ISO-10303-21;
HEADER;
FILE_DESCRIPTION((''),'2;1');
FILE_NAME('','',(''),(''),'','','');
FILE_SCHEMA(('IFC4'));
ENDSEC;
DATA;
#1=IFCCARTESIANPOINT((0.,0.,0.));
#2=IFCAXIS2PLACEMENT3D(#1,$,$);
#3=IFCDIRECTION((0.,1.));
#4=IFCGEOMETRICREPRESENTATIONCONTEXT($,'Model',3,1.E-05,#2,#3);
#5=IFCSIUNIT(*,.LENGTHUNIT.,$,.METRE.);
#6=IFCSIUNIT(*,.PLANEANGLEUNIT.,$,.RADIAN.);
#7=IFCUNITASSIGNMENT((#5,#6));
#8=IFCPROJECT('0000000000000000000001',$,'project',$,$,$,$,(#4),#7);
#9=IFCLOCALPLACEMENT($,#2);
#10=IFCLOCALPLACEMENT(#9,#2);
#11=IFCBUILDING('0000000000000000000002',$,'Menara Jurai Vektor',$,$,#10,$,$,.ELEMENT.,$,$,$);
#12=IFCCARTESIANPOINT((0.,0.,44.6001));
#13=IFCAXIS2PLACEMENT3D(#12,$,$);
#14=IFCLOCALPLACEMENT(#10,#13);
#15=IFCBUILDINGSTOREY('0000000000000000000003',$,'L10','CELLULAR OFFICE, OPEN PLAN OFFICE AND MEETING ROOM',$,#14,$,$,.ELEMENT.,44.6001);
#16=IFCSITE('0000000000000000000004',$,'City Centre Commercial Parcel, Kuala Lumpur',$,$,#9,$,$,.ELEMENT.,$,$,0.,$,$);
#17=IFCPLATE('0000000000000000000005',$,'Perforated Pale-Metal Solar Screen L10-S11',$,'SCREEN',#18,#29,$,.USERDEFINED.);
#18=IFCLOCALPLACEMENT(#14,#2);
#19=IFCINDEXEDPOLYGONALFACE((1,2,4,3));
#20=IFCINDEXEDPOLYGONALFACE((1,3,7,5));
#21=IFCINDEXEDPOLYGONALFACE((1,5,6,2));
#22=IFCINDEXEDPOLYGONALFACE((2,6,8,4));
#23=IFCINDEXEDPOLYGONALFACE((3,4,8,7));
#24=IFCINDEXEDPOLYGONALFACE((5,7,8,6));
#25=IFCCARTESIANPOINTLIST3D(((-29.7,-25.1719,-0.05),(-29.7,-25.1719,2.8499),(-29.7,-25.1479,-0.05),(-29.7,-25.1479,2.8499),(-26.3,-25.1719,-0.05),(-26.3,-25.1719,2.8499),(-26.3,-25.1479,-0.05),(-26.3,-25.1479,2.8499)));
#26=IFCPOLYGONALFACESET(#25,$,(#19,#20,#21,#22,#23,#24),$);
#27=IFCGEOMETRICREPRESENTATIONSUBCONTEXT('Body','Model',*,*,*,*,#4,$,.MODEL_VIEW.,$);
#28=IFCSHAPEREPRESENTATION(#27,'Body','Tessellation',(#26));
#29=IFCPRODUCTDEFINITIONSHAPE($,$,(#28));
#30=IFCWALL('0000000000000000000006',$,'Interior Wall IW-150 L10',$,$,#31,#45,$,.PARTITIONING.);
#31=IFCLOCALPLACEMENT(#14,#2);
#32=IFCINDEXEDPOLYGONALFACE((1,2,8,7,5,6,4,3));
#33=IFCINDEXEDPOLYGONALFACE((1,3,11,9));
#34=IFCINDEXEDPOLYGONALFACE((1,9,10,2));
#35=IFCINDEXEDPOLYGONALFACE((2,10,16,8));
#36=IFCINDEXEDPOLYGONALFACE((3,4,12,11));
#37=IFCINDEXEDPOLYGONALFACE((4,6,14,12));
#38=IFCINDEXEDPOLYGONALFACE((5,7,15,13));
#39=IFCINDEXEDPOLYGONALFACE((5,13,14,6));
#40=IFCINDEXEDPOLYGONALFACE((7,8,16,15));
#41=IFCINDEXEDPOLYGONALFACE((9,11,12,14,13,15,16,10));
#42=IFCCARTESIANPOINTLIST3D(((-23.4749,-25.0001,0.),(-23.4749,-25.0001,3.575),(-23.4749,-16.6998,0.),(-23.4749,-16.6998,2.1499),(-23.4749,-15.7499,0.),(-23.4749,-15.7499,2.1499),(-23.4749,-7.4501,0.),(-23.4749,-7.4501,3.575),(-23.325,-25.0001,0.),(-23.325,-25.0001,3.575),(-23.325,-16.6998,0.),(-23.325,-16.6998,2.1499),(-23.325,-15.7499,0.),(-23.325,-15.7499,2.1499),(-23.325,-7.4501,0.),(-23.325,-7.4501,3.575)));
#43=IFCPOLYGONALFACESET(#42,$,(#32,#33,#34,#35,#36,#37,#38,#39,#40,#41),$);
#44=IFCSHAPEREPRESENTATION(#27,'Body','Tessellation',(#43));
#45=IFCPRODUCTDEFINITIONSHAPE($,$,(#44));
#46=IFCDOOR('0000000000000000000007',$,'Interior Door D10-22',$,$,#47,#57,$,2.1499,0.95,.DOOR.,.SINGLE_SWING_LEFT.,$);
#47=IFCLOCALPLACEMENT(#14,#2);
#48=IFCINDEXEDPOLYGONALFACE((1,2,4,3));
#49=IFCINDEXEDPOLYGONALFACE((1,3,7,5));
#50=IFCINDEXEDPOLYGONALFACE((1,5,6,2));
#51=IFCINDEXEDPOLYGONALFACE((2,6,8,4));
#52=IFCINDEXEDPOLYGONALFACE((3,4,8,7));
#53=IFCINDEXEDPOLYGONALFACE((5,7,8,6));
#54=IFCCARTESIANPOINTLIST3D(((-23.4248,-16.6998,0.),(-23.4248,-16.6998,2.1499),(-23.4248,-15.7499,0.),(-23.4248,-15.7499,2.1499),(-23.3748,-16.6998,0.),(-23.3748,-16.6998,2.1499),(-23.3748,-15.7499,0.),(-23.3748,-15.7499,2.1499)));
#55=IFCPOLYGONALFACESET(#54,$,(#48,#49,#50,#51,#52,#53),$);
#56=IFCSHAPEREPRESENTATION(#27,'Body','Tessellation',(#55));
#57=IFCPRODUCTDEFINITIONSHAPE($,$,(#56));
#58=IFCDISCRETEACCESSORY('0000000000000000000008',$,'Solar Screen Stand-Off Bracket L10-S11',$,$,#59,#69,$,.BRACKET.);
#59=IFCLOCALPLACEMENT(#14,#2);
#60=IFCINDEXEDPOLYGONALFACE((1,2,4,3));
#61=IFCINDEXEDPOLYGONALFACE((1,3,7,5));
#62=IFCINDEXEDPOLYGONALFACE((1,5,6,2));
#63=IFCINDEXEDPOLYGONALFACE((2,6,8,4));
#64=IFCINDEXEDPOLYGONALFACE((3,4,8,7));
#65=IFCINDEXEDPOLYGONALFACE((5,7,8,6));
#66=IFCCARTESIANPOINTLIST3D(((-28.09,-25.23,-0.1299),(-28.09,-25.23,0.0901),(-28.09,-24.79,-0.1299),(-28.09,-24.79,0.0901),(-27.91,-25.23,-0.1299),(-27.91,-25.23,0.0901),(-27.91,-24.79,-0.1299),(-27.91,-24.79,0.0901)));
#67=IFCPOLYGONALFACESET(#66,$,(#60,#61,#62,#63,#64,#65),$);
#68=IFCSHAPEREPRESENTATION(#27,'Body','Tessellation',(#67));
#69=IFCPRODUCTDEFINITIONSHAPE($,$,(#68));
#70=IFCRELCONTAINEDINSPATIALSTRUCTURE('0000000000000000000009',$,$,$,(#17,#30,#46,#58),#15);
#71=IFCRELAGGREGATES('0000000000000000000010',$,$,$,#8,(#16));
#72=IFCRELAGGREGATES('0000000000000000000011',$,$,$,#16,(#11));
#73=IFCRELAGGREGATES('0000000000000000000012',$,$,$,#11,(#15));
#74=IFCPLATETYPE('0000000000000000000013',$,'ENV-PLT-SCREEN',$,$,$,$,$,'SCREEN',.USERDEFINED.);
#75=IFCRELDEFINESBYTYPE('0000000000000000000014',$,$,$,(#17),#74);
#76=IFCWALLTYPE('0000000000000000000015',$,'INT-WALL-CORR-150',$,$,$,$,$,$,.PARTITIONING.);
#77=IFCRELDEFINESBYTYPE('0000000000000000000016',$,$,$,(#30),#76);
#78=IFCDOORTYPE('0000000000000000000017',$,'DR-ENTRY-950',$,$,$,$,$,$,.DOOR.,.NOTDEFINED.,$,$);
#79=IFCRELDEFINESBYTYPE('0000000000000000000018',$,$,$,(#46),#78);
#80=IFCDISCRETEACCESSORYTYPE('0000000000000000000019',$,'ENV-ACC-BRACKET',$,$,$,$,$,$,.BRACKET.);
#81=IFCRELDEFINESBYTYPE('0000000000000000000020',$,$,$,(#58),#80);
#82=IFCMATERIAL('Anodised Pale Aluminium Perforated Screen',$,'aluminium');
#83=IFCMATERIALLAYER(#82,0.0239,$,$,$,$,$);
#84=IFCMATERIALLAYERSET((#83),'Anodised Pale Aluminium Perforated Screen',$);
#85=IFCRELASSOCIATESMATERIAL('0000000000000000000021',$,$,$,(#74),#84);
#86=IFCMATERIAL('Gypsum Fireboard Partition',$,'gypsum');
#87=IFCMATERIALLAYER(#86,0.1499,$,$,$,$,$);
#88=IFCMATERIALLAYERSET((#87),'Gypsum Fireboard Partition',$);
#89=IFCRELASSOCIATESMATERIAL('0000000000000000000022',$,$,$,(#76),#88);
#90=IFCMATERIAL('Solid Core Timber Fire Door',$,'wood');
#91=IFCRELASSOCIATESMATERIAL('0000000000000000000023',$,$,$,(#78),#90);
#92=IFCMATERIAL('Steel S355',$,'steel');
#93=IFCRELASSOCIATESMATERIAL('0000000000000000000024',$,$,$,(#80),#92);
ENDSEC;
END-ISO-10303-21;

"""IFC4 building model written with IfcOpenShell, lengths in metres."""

from ifc_helpers import new_model, si_unit, direction, frame, frame_2d, origin, origin_2d, place, context, subcontext, project, spatial, rectangle, extrude, material, layer, layer_set, type_object, element, fill, save


model = new_model("IFC4")

# Units and contexts
model_context = context("Model", 3, precision=1e-05, world=origin(), true_north=direction((0.0, 1.0)))
body_context = subcontext(model_context, "Body", "Model", "MODEL_VIEW")
ifc_project = project(units=[si_unit("LENGTHUNIT", "METRE"), si_unit("PLANEANGLEUNIT", "RADIAN")], contexts=[model_context])

# Site, building, storey
site_placement = place(None, origin())
site = spatial("IfcSite", under=ifc_project, at=site_placement, Name="City Centre Commercial Parcel, Kuala Lumpur", CompositionType="ELEMENT", RefElevation=0.0)
building_placement = place(site_placement, origin())
building = spatial("IfcBuilding", under=site, at=building_placement, Name="Menara Jurai Vektor", CompositionType="ELEMENT")
storey_placement = place(building_placement, frame((0.0, 0.0, 44.6001)))
storey = spatial("IfcBuildingStorey", under=building, at=storey_placement, Name="L10", Description="CELLULAR OFFICE, OPEN PLAN OFFICE AND MEETING ROOM", CompositionType="ELEMENT", Elevation=44.6001)

# Shared definitions
ifc_material_1 = material(Name="Steel S355", Category="steel")

# Plate
ifc_material_2 = material(Name="Anodised Pale Aluminium Perforated Screen", Category="aluminium")
ifc_layer_1 = layer(ifc_material_2, 0.0239)
ifc_layer_set_1 = layer_set([ifc_layer_1], Name="Anodised Pale Aluminium Perforated Screen")
plate_type_1 = type_object("IfcPlateType", Name="ENV-PLT-SCREEN", ElementType="SCREEN", PredefinedType="USERDEFINED", material=ifc_layer_set_1)
plate_1_placement = place(storey_placement, frame((-28.0, -25.1599, -0.05), z_axis=(0.0, 0.0, 1.0), x_axis=(1.0, 0.0, 0.0)))
element("IfcPlate", 1, at=plate_1_placement, inside=storey, type_object=plate_type_1, Name="Perforated Pale-Metal Solar Screen L10-S11", ObjectType="SCREEN", PredefinedType="USERDEFINED", context=body_context, shape_type="SweptSolid", body=[
    extrude(rectangle(XDim=3.3999, YDim=0.0239, at=origin_2d()), origin(), (0.0, 0.0, 1.0), 2.8999),
])

# Wall, opening, door
ifc_material_3 = material(Name="Gypsum Fireboard Partition", Category="gypsum")
ifc_layer_2 = layer(ifc_material_3, 0.1499)
ifc_layer_set_2 = layer_set([ifc_layer_2], Name="Gypsum Fireboard Partition")
wall_type = type_object("IfcWallType", Name="INT-WALL-CORR-150", PredefinedType="PARTITIONING", material=ifc_layer_set_2)
wall_placement = place(storey_placement, frame((-23.3999, -25.0, 0.0), z_axis=(0.0, 0.0, 1.0), x_axis=(0.0, 1.0, 0.0)))
wall = element("IfcWall", 2, at=wall_placement, inside=storey, type_object=wall_type, Name="Interior Wall IW-150 L10", PredefinedType="PARTITIONING", context=body_context, shape_type="SweptSolid", body=[
    extrude(rectangle(XDim=17.55, YDim=0.1499, at=frame_2d((8.7749, 0.0))), origin(), (0.0, 0.0, 1.0), 3.575),
])
opening_placement = place(wall_placement, frame((8.3, 0.0, 0.0)))
opening = element("IfcOpeningElement", 3, at=opening_placement, cuts=wall, PredefinedType="OPENING", context=body_context, shape_type="SweptSolid", body=[
    extrude(rectangle(XDim=0.95, YDim=2.1499, at=frame_2d((0.4751, 1.075))), frame((0.0, 0.085, 0.0), z_axis=(0.0, -1.0, 0.0), x_axis=(1.0, 0.0, 0.0)), (0.0, 0.0, 1.0), 0.1699),
])
ifc_material_4 = material(Name="Solid Core Timber Fire Door", Category="wood")
door_type = type_object("IfcDoorType", Name="DR-ENTRY-950", OperationType="NOTDEFINED", PredefinedType="DOOR", material=ifc_material_4)
door_placement = place(opening_placement, origin())
door = element("IfcDoor", 4, at=door_placement, inside=storey, type_object=door_type, Name="Interior Door D10-22", OperationType="SINGLE_SWING_LEFT", OverallHeight=2.1499, OverallWidth=0.95, PredefinedType="DOOR", context=body_context, shape_type="SweptSolid", body=[
    extrude(rectangle(XDim=0.95, YDim=2.1499, at=frame_2d((0.4751, 1.075))), frame((0.0, 0.0249, 0.0), z_axis=(0.0, -1.0, 0.0), x_axis=(1.0, 0.0, 0.0)), (0.0, 0.0, 1.0), 0.05),
])
fill(opening, door)

# Discrete accessory
discrete_accessory_type = type_object("IfcDiscreteAccessoryType", Name="ENV-ACC-BRACKET", PredefinedType="BRACKET", material=ifc_material_1)
discrete_accessory_placement = place(storey_placement, frame((-28.0, -25.01, -0.1299), z_axis=(0.0, 0.0, 1.0), x_axis=(1.0, 0.0, 0.0)))
element("IfcDiscreteAccessory", 5, at=discrete_accessory_placement, inside=storey, type_object=discrete_accessory_type, Name="Solar Screen Stand-Off Bracket L10-S11", PredefinedType="BRACKET", context=body_context, shape_type="SweptSolid", body=[
    extrude(rectangle(XDim=0.1799, YDim=0.4399, at=origin_2d()), origin(), (0.0, 0.0, 1.0), 0.22),
])

save(model, "model.ifc")
